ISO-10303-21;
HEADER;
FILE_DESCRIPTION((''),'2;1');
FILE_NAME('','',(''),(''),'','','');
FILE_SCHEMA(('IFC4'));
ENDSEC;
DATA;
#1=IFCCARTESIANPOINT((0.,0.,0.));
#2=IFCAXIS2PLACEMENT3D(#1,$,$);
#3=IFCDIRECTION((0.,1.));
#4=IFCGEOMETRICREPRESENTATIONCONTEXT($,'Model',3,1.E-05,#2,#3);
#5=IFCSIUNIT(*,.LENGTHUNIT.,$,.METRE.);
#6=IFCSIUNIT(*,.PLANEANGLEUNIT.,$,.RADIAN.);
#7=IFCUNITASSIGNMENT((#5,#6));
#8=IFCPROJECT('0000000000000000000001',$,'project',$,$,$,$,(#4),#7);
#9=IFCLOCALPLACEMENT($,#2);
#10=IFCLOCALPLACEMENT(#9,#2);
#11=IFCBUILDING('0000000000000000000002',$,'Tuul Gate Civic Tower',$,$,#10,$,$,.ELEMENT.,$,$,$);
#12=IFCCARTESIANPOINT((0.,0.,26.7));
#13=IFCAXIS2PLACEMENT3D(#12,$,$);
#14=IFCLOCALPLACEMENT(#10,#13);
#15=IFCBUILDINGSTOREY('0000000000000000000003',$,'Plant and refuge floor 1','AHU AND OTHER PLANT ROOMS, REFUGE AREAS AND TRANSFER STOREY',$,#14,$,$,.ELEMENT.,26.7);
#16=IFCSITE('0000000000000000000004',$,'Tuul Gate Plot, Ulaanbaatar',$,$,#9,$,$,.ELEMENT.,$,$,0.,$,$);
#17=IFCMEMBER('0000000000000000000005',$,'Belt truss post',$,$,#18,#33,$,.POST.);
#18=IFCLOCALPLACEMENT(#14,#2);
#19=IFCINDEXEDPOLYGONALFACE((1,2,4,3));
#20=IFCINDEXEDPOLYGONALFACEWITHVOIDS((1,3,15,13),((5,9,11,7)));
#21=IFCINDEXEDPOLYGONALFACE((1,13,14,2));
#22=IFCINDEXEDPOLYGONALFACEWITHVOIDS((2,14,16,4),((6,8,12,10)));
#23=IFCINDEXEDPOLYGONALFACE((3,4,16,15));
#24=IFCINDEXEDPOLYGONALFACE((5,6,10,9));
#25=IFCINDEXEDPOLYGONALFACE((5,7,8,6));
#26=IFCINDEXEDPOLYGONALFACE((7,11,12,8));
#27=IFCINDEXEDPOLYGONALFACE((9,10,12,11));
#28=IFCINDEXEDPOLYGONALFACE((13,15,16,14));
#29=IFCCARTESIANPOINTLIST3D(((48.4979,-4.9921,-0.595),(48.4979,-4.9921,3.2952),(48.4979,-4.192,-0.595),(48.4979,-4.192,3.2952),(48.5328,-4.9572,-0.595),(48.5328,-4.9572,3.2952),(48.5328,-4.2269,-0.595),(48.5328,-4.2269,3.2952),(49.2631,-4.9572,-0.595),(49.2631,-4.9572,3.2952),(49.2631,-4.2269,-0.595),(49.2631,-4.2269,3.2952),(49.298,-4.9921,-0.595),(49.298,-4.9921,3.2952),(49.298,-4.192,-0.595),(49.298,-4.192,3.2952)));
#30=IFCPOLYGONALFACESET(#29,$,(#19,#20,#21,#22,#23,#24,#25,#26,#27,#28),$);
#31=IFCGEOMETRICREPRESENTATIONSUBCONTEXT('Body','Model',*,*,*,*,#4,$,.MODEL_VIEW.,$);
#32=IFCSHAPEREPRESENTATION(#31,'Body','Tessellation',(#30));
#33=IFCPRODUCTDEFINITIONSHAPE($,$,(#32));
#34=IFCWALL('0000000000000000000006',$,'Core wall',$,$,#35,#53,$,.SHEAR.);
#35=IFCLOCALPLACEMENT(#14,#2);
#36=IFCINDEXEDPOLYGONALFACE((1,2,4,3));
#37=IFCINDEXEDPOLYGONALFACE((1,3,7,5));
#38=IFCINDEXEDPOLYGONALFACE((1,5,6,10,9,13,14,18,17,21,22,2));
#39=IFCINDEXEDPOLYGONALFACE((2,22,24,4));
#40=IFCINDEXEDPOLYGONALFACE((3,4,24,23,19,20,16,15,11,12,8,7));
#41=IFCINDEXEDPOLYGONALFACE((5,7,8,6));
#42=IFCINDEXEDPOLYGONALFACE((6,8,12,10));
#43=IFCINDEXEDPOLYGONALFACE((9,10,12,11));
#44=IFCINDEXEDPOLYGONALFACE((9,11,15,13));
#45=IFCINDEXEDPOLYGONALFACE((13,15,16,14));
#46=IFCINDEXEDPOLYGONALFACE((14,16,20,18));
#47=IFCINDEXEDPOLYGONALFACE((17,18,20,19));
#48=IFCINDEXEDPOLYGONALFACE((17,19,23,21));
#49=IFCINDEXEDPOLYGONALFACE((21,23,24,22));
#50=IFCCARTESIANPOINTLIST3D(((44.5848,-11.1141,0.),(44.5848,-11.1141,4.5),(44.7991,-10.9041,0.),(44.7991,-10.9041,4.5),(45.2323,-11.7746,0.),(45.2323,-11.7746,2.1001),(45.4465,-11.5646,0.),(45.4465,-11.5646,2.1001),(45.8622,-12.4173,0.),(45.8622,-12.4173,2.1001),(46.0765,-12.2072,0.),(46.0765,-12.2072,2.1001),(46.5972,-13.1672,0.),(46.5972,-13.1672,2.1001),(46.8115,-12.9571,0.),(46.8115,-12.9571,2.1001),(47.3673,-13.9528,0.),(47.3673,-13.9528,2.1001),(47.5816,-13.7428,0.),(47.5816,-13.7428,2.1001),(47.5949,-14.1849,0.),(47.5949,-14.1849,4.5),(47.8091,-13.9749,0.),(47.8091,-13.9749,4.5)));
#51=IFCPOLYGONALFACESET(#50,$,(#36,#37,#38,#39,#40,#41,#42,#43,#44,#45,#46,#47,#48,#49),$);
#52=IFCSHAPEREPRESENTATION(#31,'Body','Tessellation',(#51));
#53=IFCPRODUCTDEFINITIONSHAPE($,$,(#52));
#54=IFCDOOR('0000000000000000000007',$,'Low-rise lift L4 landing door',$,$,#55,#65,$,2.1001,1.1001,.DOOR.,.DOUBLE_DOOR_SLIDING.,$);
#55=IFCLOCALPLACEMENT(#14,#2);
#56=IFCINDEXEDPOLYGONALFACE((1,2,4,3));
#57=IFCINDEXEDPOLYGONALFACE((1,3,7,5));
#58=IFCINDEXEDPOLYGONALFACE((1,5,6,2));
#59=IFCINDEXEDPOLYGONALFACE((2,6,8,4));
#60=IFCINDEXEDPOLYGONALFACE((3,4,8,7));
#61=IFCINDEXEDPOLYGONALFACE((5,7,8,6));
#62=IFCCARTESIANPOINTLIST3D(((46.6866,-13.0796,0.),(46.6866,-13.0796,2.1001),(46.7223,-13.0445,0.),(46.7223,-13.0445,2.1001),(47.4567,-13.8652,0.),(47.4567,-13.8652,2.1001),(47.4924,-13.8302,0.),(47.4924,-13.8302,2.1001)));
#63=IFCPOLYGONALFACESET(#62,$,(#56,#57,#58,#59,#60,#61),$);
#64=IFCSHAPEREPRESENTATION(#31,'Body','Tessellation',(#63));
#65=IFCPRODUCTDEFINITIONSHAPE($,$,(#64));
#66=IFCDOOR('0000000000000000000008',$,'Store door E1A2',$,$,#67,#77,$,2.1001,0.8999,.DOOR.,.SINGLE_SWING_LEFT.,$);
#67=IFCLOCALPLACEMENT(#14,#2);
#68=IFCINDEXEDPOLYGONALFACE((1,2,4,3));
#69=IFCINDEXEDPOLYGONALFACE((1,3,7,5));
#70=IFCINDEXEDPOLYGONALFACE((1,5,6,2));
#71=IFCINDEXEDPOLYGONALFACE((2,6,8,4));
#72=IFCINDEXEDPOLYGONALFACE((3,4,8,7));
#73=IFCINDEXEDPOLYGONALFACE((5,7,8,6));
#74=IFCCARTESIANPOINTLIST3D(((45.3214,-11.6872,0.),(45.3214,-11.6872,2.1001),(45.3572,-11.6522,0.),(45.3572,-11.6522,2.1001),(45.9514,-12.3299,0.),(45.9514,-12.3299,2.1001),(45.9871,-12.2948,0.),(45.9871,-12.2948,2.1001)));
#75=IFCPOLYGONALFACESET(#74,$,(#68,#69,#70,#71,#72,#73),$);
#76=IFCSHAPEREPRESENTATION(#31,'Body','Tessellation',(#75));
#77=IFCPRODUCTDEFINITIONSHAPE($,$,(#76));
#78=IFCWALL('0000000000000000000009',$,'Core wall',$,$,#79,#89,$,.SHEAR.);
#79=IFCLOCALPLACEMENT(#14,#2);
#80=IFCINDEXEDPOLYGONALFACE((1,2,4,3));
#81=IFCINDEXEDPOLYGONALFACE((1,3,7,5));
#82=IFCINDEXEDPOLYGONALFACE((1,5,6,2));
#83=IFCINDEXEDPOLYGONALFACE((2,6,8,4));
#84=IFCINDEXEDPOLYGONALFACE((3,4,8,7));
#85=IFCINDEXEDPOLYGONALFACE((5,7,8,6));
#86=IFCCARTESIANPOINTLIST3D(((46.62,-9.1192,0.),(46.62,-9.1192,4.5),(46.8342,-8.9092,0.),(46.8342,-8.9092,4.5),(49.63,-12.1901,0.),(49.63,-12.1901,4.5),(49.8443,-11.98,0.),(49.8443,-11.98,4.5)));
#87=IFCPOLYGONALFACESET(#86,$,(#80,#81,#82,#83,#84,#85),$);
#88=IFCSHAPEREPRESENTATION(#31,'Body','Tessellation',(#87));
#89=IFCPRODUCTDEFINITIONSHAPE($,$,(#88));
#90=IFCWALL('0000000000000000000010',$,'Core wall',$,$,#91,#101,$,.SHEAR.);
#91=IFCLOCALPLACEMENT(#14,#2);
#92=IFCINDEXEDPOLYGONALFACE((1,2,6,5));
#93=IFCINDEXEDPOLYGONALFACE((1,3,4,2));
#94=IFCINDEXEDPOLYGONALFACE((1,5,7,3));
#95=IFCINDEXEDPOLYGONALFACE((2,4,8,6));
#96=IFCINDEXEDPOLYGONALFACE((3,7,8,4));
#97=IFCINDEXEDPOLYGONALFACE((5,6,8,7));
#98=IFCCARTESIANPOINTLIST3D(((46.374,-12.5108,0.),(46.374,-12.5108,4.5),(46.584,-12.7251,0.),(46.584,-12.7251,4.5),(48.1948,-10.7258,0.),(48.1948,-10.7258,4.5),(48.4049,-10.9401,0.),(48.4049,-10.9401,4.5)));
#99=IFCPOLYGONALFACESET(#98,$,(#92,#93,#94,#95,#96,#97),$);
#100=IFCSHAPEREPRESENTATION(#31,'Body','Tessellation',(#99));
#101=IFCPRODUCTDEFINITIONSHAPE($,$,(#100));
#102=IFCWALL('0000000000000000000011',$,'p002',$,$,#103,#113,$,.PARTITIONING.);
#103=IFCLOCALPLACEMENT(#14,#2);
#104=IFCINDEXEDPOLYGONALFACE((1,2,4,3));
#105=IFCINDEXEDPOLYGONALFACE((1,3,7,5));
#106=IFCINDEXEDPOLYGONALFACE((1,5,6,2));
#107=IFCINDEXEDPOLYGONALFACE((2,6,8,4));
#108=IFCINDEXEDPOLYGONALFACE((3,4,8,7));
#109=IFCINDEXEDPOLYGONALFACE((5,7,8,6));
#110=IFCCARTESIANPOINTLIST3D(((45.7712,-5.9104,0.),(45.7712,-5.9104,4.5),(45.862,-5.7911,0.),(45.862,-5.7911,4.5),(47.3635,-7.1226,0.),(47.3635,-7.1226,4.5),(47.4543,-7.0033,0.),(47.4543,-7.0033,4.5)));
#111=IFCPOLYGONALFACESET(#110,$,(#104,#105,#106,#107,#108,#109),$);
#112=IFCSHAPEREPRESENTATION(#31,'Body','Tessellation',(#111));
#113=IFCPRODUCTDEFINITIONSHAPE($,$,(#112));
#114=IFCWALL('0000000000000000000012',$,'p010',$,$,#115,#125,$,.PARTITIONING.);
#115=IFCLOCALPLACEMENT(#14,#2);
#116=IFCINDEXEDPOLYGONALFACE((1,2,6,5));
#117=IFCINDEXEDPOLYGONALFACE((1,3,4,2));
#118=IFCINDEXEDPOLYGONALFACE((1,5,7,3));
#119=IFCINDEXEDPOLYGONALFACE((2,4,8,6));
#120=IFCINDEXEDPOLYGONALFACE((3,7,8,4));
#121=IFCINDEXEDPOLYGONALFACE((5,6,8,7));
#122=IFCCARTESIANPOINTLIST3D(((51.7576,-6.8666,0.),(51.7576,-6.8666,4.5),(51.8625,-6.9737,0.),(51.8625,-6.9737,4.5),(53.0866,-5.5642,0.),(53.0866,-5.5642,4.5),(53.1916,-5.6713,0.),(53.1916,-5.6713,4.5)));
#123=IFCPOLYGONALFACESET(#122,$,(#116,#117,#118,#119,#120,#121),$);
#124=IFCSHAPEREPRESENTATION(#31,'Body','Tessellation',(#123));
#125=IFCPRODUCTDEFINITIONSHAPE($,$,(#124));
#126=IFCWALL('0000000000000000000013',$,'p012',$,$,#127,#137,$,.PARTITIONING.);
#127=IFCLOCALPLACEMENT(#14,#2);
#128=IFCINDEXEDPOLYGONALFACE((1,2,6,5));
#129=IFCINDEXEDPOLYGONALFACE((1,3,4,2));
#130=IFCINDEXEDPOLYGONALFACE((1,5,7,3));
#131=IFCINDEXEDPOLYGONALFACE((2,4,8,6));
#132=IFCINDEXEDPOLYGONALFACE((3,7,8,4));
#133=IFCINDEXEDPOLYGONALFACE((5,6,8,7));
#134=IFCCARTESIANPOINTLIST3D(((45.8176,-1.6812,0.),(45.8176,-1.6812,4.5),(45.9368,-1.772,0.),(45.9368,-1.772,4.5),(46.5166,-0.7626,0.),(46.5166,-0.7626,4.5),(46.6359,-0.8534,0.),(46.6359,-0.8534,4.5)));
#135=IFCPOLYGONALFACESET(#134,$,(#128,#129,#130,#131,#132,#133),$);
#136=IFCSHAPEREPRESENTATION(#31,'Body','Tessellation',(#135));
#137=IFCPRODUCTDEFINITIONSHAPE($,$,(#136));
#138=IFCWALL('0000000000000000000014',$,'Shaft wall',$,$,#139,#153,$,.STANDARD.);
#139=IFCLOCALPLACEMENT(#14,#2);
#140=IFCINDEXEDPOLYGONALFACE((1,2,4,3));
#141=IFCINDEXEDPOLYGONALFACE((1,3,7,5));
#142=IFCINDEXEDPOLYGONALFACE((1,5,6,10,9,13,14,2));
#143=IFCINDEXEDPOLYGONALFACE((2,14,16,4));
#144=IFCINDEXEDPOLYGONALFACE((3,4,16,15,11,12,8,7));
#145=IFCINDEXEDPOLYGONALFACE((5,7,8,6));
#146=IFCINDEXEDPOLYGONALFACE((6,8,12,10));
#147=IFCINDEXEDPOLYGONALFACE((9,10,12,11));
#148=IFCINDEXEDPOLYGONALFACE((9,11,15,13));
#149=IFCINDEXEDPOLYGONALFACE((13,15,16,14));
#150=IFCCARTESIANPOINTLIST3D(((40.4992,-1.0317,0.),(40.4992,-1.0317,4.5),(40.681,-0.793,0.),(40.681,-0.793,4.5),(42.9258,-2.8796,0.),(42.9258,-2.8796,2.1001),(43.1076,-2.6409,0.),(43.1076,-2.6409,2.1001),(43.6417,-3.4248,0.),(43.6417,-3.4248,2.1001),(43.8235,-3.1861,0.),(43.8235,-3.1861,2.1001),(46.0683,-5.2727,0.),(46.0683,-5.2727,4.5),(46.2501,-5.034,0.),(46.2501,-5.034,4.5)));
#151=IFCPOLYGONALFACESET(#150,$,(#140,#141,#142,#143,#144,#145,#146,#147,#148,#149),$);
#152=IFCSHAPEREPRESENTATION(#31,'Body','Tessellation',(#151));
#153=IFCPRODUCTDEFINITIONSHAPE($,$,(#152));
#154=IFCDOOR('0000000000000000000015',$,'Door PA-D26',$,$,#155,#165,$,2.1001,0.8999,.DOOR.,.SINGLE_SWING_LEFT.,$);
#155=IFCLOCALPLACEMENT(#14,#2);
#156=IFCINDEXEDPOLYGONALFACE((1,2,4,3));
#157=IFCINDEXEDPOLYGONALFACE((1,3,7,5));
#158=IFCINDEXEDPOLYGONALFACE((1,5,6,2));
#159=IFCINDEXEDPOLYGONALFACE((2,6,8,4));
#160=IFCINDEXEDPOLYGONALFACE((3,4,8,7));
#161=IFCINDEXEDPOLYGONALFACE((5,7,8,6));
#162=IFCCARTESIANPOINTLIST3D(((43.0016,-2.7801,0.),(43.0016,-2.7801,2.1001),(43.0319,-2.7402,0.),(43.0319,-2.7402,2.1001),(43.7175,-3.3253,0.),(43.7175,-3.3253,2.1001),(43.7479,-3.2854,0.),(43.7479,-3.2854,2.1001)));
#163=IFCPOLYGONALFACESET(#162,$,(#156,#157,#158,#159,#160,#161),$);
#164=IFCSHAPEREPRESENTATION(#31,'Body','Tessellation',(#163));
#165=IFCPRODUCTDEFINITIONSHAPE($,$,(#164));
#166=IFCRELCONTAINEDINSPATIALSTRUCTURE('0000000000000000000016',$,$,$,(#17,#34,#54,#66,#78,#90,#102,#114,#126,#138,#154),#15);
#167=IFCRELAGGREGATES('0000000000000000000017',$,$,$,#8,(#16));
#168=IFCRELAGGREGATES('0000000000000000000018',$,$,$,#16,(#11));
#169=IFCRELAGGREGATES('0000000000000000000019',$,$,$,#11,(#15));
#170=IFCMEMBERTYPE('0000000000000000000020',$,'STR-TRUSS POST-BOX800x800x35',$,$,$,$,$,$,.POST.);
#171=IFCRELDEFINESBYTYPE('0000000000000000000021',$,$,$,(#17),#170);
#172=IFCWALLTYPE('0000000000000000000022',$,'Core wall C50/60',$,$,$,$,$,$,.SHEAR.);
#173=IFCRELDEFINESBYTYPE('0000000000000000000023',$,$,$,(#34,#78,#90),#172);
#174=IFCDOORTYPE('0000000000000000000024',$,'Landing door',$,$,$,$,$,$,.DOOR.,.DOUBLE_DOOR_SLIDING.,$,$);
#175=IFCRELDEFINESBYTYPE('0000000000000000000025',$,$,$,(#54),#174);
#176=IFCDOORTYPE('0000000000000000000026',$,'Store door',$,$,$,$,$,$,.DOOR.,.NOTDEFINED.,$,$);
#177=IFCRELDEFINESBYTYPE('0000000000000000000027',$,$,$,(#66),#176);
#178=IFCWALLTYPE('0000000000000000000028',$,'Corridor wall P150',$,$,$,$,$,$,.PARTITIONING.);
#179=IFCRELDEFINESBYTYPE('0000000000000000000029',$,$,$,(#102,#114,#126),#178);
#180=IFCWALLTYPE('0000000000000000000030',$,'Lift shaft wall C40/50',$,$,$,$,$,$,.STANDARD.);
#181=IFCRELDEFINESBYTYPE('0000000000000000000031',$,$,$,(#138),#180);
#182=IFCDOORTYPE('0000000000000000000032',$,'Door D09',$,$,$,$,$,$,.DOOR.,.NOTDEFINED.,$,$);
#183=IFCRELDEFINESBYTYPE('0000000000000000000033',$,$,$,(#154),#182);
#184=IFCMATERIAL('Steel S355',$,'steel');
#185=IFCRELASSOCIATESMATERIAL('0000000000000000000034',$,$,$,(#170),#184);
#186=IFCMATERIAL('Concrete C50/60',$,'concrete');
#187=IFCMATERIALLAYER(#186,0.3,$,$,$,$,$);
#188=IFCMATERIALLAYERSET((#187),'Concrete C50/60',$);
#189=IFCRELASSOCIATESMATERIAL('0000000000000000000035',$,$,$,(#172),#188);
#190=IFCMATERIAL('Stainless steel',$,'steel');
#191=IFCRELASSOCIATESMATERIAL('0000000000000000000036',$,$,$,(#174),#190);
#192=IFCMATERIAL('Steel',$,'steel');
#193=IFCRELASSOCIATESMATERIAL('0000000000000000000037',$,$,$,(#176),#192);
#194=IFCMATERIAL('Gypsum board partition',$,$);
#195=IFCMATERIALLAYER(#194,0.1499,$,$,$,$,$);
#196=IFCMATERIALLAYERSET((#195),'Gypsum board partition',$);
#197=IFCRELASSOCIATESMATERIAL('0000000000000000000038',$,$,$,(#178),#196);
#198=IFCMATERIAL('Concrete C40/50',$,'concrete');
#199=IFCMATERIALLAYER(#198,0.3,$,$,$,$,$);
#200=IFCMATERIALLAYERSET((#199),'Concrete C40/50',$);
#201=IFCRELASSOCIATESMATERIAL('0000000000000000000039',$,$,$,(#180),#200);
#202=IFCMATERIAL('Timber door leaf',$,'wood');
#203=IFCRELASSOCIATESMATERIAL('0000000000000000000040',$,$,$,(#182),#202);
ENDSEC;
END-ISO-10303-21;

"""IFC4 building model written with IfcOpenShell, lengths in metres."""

from ifc_helpers import new_model, si_unit, direction, frame, frame_2d, origin, origin_2d, place, context, subcontext, project, spatial, rectangle, hollow_rectangle, extrude, material, layer, layer_set, material_profile, profile_set, type_object, element, fill, save


model = new_model("IFC4")

# Units and contexts
model_context = context("Model", 3, precision=1e-05, world=origin(), true_north=direction((0.0, 1.0)))
body_context = subcontext(model_context, "Body", "Model", "MODEL_VIEW")
ifc_project = project(units=[si_unit("LENGTHUNIT", "METRE"), si_unit("PLANEANGLEUNIT", "RADIAN")], contexts=[model_context])

# Site, building, storey
site_placement = place(None, origin())
site = spatial("IfcSite", under=ifc_project, at=site_placement, Name="Tuul Gate Plot, Ulaanbaatar", CompositionType="ELEMENT", RefElevation=0.0)
building_placement = place(site_placement, origin())
building = spatial("IfcBuilding", under=site, at=building_placement, Name="Tuul Gate Civic Tower", CompositionType="ELEMENT")
storey_placement = place(building_placement, frame((0.0, 0.0, 26.7)))
storey = spatial("IfcBuildingStorey", under=building, at=storey_placement, Name="Plant and refuge floor 1", Description="AHU AND OTHER PLANT ROOMS, REFUGE AREAS AND TRANSFER STOREY", CompositionType="ELEMENT", Elevation=26.7)

# Member
ifc_material_1 = material(Name="Steel S355", Category="steel")
ifc_material_profile_1 = material_profile(ifc_material_1, hollow_rectangle(XDim=0.8, YDim=0.8, WallThickness=0.0349, at=origin_2d()), Name="BOX800x800x35")
ifc_profile_set_1 = profile_set([ifc_material_profile_1], Name="Steel S355")
member_type_1 = type_object("IfcMemberType", Name="STR-TRUSS POST-BOX800x800x35", PredefinedType="POST", material=ifc_profile_set_1)
for number, where, z_axis, x_axis, name in (
    (1, (48.8979, -4.592, -0.595), (0.0, 0.0, 1.0), (1.0, 0.0, 0.0), "Belt truss post"),
):
    element("IfcMember", number, at=place(storey_placement, frame(where, z_axis=z_axis, x_axis=x_axis)), inside=storey, type_object=member_type_1, Name=name, PredefinedType="POST", context=body_context, shape_type="SweptSolid", body=[
        extrude(hollow_rectangle(XDim=0.8, YDim=0.8, WallThickness=0.0349, at=origin_2d()), origin(), (0.0, 0.0, 1.0), 3.8901),
    ])

# Wall, openings, doors
ifc_material_2 = material(Name="Concrete C50/60", Category="concrete")
ifc_layer_1 = layer(ifc_material_2, 0.3)
ifc_layer_set_1 = layer_set([ifc_layer_1], Name="Concrete C50/60")
wall_type_1 = type_object("IfcWallType", Name="Core wall C50/60", PredefinedType="SHEAR", material=ifc_layer_set_1)
wall_1_placement = place(storey_placement, frame((47.7019, -14.0798, 0.0), z_axis=(0.0, 0.0, 1.0), x_axis=(-0.700003, 0.71414, 0.0)))
wall_1 = element("IfcWall", 2, at=wall_1_placement, inside=storey, type_object=wall_type_1, Name="Core wall", PredefinedType="SHEAR", context=body_context, shape_type="SweptSolid", body=[
    extrude(rectangle(XDim=4.3, YDim=0.3, at=frame_2d((2.1499, 0.0))), origin(), (0.0, 0.0, 1.0), 4.5),
])
opening_1_placement = place(wall_1_placement, frame((0.325, 0.0, 0.0)))
opening_1 = element("IfcOpeningElement", 3, at=opening_1_placement, cuts=wall_1, PredefinedType="OPENING", context=body_context, shape_type="SweptSolid", body=[
    extrude(rectangle(XDim=1.1001, YDim=2.1001, at=frame_2d((0.55, 1.05))), frame((0.0, 0.1602, 0.0), z_axis=(0.0, -1.0, 0.0), x_axis=(1.0, 0.0, 0.0)), (0.0, 0.0, 1.0), 0.3201),
])
opening_2_placement = place(wall_1_placement, frame((2.4751, 0.0, 0.0)))
opening_2 = element("IfcOpeningElement", 4, at=opening_2_placement, cuts=wall_1, PredefinedType="OPENING", context=body_context, shape_type="SweptSolid", body=[
    extrude(rectangle(XDim=0.8999, YDim=2.1001, at=frame_2d((0.45, 1.05))), frame((0.0, 0.1602, 0.0), z_axis=(0.0, -1.0, 0.0), x_axis=(1.0, 0.0, 0.0)), (0.0, 0.0, 1.0), 0.3201),
])
ifc_material_3 = material(Name="Stainless steel", Category="steel")
door_type_1 = type_object("IfcDoorType", Name="Landing door", OperationType="DOUBLE_DOOR_SLIDING", PredefinedType="DOOR", material=ifc_material_3)
door_1_placement = place(opening_1_placement, origin())
door_1 = element("IfcDoor", 5, at=door_1_placement, inside=storey, type_object=door_type_1, Name="Low-rise lift L4 landing door", OperationType="DOUBLE_DOOR_SLIDING", OverallHeight=2.1001, OverallWidth=1.1001, PredefinedType="DOOR", context=body_context, shape_type="SweptSolid", body=[
    extrude(rectangle(XDim=1.1001, YDim=2.1001, at=frame_2d((0.55, 1.05))), frame((0.0, 0.0249, 0.0), z_axis=(0.0, -1.0, 0.0), x_axis=(1.0, 0.0, 0.0)), (0.0, 0.0, 1.0), 0.05),
])
fill(opening_1, door_1)
ifc_material_4 = material(Name="Steel", Category="steel")
door_type_2 = type_object("IfcDoorType", Name="Store door", OperationType="NOTDEFINED", PredefinedType="DOOR", material=ifc_material_4)
door_2_placement = place(opening_2_placement, frame((0.8999, 0.0, 0.0), z_axis=(0.0, 0.0, 1.0), x_axis=(-1.0, 0.0, 0.0)))
door_2 = element("IfcDoor", 6, at=door_2_placement, inside=storey, type_object=door_type_2, Name="Store door E1A2", OperationType="SINGLE_SWING_LEFT", OverallHeight=2.1001, OverallWidth=0.8999, PredefinedType="DOOR", context=body_context, shape_type="SweptSolid", body=[
    extrude(rectangle(XDim=0.8999, YDim=2.1001, at=frame_2d((0.45, 1.05))), frame((0.0, 0.0249, 0.0), z_axis=(0.0, -1.0, 0.0), x_axis=(1.0, 0.0, 0.0)), (0.0, 0.0, 1.0), 0.05),
])
fill(opening_2, door_2)

# Walls
wall_2_placement = place(storey_placement, frame((49.7371, -12.085, 0.0), z_axis=(0.0, 0.0, 1.0), x_axis=(-0.700003, 0.71414, 0.0)))
element("IfcWall", 7, at=wall_2_placement, inside=storey, type_object=wall_type_1, Name="Core wall", PredefinedType="SHEAR", context=body_context, shape_type="SweptSolid", body=[
    extrude(rectangle(XDim=4.3, YDim=0.3, at=frame_2d((2.1499, 0.0))), origin(), (0.0, 0.0, 1.0), 4.5),
])
wall_3_placement = place(storey_placement, frame((46.479, -12.6179, 0.0), z_axis=(0.0, 0.0, 1.0), x_axis=(0.714109, 0.700034, 0.0)))
element("IfcWall", 8, at=wall_3_placement, inside=storey, type_object=wall_type_1, Name="Core wall", PredefinedType="SHEAR", context=body_context, shape_type="SweptSolid", body=[
    extrude(rectangle(XDim=2.5498, YDim=0.3, at=frame_2d((1.2749, 0.0))), origin(), (0.0, 0.0, 1.0), 4.5),
])
ifc_material_5 = material(Name="Gypsum board partition")
ifc_layer_2 = layer(ifc_material_5, 0.1499)
ifc_layer_set_2 = layer_set([ifc_layer_2], Name="Gypsum board partition")
wall_type_2 = type_object("IfcWallType", Name="Corridor wall P150", PredefinedType="PARTITIONING", material=ifc_layer_set_2)
wall_4_placement = place(storey_placement, frame((45.8167, -5.8508, 0.0), z_axis=(0.0, 0.0, 1.0), x_axis=(0.795675, -0.605723, 0.0)))
element("IfcWall", 9, at=wall_4_placement, inside=storey, type_object=wall_type_2, Name="p002", PredefinedType="PARTITIONING", context=body_context, shape_type="SweptSolid", body=[
    extrude(rectangle(XDim=2.0012, YDim=0.1499, at=frame_2d((1.0005, 0.0))), origin(), (0.0, 0.0, 1.0), 4.5),
])
wall_5_placement = place(storey_placement, frame((51.8101, -6.9202, 0.0), z_axis=(0.0, 0.0, 1.0), x_axis=(0.714221, 0.699921, 0.0)))
element("IfcWall", 10, at=wall_5_placement, inside=storey, type_object=wall_type_2, Name="p010", PredefinedType="PARTITIONING", context=body_context, shape_type="SweptSolid", body=[
    extrude(rectangle(XDim=1.8608, YDim=0.1499, at=frame_2d((0.9304, 0.0))), origin(), (0.0, 0.0, 1.0), 4.5),
])
wall_6_placement = place(storey_placement, frame((45.8772, -1.7266, 0.0), z_axis=(0.0, 0.0, 1.0), x_axis=(0.605603, 0.795767, 0.0)))
element("IfcWall", 11, at=wall_6_placement, inside=storey, type_object=wall_type_2, Name="p012", PredefinedType="PARTITIONING", context=body_context, shape_type="SweptSolid", body=[
    extrude(rectangle(XDim=1.1543, YDim=0.1499, at=frame_2d((0.5771, 0.0))), origin(), (0.0, 0.0, 1.0), 4.5),
])

# Wall, opening, door
ifc_material_6 = material(Name="Concrete C40/50", Category="concrete")
ifc_layer_3 = layer(ifc_material_6, 0.3)
ifc_layer_set_3 = layer_set([ifc_layer_3], Name="Concrete C40/50")
wall_type_3 = type_object("IfcWallType", Name="Lift shaft wall C40/50", PredefinedType="STANDARD", material=ifc_layer_set_3)
wall_7_placement = place(storey_placement, frame((46.1592, -5.1533, 0.0), z_axis=(0.0, 0.0, 1.0), x_axis=(-0.79558, 0.605849, 0.0)))
wall_7 = element("IfcWall", 12, at=wall_7_placement, inside=storey, type_object=wall_type_3, Name="Shaft wall", PredefinedType="STANDARD", context=body_context, shape_type="SweptSolid", body=[
    extrude(rectangle(XDim=7.0, YDim=0.3, at=frame_2d((3.5, 0.0))), origin(), (0.0, 0.0, 1.0), 4.5),
])
opening_3_placement = place(wall_7_placement, frame((3.05, 0.0, 0.0)))
opening_3 = element("IfcOpeningElement", 13, at=opening_3_placement, cuts=wall_7, PredefinedType="OPENING", context=body_context, shape_type="SweptSolid", body=[
    extrude(rectangle(XDim=0.8999, YDim=2.1001, at=frame_2d((0.45, 1.05))), frame((0.0, 0.1602, 0.0), z_axis=(0.0, -1.0, 0.0), x_axis=(1.0, 0.0, 0.0)), (0.0, 0.0, 1.0), 0.3201),
])
ifc_material_7 = material(Name="Timber door leaf", Category="wood")
door_type_3 = type_object("IfcDoorType", Name="Door D09", OperationType="NOTDEFINED", PredefinedType="DOOR", material=ifc_material_7)
door_3_placement = place(opening_3_placement, origin())
door_3 = element("IfcDoor", 14, at=door_3_placement, inside=storey, type_object=door_type_3, Name="Door PA-D26", OperationType="SINGLE_SWING_LEFT", OverallHeight=2.1001, OverallWidth=0.8999, PredefinedType="DOOR", context=body_context, shape_type="SweptSolid", body=[
    extrude(rectangle(XDim=0.8999, YDim=2.1001, at=frame_2d((0.45, 1.05))), frame((0.0, 0.0249, 0.0), z_axis=(0.0, -1.0, 0.0), x_axis=(1.0, 0.0, 0.0)), (0.0, 0.0, 1.0), 0.05),
])
fill(opening_3, door_3)

save(model, "model.ifc")
